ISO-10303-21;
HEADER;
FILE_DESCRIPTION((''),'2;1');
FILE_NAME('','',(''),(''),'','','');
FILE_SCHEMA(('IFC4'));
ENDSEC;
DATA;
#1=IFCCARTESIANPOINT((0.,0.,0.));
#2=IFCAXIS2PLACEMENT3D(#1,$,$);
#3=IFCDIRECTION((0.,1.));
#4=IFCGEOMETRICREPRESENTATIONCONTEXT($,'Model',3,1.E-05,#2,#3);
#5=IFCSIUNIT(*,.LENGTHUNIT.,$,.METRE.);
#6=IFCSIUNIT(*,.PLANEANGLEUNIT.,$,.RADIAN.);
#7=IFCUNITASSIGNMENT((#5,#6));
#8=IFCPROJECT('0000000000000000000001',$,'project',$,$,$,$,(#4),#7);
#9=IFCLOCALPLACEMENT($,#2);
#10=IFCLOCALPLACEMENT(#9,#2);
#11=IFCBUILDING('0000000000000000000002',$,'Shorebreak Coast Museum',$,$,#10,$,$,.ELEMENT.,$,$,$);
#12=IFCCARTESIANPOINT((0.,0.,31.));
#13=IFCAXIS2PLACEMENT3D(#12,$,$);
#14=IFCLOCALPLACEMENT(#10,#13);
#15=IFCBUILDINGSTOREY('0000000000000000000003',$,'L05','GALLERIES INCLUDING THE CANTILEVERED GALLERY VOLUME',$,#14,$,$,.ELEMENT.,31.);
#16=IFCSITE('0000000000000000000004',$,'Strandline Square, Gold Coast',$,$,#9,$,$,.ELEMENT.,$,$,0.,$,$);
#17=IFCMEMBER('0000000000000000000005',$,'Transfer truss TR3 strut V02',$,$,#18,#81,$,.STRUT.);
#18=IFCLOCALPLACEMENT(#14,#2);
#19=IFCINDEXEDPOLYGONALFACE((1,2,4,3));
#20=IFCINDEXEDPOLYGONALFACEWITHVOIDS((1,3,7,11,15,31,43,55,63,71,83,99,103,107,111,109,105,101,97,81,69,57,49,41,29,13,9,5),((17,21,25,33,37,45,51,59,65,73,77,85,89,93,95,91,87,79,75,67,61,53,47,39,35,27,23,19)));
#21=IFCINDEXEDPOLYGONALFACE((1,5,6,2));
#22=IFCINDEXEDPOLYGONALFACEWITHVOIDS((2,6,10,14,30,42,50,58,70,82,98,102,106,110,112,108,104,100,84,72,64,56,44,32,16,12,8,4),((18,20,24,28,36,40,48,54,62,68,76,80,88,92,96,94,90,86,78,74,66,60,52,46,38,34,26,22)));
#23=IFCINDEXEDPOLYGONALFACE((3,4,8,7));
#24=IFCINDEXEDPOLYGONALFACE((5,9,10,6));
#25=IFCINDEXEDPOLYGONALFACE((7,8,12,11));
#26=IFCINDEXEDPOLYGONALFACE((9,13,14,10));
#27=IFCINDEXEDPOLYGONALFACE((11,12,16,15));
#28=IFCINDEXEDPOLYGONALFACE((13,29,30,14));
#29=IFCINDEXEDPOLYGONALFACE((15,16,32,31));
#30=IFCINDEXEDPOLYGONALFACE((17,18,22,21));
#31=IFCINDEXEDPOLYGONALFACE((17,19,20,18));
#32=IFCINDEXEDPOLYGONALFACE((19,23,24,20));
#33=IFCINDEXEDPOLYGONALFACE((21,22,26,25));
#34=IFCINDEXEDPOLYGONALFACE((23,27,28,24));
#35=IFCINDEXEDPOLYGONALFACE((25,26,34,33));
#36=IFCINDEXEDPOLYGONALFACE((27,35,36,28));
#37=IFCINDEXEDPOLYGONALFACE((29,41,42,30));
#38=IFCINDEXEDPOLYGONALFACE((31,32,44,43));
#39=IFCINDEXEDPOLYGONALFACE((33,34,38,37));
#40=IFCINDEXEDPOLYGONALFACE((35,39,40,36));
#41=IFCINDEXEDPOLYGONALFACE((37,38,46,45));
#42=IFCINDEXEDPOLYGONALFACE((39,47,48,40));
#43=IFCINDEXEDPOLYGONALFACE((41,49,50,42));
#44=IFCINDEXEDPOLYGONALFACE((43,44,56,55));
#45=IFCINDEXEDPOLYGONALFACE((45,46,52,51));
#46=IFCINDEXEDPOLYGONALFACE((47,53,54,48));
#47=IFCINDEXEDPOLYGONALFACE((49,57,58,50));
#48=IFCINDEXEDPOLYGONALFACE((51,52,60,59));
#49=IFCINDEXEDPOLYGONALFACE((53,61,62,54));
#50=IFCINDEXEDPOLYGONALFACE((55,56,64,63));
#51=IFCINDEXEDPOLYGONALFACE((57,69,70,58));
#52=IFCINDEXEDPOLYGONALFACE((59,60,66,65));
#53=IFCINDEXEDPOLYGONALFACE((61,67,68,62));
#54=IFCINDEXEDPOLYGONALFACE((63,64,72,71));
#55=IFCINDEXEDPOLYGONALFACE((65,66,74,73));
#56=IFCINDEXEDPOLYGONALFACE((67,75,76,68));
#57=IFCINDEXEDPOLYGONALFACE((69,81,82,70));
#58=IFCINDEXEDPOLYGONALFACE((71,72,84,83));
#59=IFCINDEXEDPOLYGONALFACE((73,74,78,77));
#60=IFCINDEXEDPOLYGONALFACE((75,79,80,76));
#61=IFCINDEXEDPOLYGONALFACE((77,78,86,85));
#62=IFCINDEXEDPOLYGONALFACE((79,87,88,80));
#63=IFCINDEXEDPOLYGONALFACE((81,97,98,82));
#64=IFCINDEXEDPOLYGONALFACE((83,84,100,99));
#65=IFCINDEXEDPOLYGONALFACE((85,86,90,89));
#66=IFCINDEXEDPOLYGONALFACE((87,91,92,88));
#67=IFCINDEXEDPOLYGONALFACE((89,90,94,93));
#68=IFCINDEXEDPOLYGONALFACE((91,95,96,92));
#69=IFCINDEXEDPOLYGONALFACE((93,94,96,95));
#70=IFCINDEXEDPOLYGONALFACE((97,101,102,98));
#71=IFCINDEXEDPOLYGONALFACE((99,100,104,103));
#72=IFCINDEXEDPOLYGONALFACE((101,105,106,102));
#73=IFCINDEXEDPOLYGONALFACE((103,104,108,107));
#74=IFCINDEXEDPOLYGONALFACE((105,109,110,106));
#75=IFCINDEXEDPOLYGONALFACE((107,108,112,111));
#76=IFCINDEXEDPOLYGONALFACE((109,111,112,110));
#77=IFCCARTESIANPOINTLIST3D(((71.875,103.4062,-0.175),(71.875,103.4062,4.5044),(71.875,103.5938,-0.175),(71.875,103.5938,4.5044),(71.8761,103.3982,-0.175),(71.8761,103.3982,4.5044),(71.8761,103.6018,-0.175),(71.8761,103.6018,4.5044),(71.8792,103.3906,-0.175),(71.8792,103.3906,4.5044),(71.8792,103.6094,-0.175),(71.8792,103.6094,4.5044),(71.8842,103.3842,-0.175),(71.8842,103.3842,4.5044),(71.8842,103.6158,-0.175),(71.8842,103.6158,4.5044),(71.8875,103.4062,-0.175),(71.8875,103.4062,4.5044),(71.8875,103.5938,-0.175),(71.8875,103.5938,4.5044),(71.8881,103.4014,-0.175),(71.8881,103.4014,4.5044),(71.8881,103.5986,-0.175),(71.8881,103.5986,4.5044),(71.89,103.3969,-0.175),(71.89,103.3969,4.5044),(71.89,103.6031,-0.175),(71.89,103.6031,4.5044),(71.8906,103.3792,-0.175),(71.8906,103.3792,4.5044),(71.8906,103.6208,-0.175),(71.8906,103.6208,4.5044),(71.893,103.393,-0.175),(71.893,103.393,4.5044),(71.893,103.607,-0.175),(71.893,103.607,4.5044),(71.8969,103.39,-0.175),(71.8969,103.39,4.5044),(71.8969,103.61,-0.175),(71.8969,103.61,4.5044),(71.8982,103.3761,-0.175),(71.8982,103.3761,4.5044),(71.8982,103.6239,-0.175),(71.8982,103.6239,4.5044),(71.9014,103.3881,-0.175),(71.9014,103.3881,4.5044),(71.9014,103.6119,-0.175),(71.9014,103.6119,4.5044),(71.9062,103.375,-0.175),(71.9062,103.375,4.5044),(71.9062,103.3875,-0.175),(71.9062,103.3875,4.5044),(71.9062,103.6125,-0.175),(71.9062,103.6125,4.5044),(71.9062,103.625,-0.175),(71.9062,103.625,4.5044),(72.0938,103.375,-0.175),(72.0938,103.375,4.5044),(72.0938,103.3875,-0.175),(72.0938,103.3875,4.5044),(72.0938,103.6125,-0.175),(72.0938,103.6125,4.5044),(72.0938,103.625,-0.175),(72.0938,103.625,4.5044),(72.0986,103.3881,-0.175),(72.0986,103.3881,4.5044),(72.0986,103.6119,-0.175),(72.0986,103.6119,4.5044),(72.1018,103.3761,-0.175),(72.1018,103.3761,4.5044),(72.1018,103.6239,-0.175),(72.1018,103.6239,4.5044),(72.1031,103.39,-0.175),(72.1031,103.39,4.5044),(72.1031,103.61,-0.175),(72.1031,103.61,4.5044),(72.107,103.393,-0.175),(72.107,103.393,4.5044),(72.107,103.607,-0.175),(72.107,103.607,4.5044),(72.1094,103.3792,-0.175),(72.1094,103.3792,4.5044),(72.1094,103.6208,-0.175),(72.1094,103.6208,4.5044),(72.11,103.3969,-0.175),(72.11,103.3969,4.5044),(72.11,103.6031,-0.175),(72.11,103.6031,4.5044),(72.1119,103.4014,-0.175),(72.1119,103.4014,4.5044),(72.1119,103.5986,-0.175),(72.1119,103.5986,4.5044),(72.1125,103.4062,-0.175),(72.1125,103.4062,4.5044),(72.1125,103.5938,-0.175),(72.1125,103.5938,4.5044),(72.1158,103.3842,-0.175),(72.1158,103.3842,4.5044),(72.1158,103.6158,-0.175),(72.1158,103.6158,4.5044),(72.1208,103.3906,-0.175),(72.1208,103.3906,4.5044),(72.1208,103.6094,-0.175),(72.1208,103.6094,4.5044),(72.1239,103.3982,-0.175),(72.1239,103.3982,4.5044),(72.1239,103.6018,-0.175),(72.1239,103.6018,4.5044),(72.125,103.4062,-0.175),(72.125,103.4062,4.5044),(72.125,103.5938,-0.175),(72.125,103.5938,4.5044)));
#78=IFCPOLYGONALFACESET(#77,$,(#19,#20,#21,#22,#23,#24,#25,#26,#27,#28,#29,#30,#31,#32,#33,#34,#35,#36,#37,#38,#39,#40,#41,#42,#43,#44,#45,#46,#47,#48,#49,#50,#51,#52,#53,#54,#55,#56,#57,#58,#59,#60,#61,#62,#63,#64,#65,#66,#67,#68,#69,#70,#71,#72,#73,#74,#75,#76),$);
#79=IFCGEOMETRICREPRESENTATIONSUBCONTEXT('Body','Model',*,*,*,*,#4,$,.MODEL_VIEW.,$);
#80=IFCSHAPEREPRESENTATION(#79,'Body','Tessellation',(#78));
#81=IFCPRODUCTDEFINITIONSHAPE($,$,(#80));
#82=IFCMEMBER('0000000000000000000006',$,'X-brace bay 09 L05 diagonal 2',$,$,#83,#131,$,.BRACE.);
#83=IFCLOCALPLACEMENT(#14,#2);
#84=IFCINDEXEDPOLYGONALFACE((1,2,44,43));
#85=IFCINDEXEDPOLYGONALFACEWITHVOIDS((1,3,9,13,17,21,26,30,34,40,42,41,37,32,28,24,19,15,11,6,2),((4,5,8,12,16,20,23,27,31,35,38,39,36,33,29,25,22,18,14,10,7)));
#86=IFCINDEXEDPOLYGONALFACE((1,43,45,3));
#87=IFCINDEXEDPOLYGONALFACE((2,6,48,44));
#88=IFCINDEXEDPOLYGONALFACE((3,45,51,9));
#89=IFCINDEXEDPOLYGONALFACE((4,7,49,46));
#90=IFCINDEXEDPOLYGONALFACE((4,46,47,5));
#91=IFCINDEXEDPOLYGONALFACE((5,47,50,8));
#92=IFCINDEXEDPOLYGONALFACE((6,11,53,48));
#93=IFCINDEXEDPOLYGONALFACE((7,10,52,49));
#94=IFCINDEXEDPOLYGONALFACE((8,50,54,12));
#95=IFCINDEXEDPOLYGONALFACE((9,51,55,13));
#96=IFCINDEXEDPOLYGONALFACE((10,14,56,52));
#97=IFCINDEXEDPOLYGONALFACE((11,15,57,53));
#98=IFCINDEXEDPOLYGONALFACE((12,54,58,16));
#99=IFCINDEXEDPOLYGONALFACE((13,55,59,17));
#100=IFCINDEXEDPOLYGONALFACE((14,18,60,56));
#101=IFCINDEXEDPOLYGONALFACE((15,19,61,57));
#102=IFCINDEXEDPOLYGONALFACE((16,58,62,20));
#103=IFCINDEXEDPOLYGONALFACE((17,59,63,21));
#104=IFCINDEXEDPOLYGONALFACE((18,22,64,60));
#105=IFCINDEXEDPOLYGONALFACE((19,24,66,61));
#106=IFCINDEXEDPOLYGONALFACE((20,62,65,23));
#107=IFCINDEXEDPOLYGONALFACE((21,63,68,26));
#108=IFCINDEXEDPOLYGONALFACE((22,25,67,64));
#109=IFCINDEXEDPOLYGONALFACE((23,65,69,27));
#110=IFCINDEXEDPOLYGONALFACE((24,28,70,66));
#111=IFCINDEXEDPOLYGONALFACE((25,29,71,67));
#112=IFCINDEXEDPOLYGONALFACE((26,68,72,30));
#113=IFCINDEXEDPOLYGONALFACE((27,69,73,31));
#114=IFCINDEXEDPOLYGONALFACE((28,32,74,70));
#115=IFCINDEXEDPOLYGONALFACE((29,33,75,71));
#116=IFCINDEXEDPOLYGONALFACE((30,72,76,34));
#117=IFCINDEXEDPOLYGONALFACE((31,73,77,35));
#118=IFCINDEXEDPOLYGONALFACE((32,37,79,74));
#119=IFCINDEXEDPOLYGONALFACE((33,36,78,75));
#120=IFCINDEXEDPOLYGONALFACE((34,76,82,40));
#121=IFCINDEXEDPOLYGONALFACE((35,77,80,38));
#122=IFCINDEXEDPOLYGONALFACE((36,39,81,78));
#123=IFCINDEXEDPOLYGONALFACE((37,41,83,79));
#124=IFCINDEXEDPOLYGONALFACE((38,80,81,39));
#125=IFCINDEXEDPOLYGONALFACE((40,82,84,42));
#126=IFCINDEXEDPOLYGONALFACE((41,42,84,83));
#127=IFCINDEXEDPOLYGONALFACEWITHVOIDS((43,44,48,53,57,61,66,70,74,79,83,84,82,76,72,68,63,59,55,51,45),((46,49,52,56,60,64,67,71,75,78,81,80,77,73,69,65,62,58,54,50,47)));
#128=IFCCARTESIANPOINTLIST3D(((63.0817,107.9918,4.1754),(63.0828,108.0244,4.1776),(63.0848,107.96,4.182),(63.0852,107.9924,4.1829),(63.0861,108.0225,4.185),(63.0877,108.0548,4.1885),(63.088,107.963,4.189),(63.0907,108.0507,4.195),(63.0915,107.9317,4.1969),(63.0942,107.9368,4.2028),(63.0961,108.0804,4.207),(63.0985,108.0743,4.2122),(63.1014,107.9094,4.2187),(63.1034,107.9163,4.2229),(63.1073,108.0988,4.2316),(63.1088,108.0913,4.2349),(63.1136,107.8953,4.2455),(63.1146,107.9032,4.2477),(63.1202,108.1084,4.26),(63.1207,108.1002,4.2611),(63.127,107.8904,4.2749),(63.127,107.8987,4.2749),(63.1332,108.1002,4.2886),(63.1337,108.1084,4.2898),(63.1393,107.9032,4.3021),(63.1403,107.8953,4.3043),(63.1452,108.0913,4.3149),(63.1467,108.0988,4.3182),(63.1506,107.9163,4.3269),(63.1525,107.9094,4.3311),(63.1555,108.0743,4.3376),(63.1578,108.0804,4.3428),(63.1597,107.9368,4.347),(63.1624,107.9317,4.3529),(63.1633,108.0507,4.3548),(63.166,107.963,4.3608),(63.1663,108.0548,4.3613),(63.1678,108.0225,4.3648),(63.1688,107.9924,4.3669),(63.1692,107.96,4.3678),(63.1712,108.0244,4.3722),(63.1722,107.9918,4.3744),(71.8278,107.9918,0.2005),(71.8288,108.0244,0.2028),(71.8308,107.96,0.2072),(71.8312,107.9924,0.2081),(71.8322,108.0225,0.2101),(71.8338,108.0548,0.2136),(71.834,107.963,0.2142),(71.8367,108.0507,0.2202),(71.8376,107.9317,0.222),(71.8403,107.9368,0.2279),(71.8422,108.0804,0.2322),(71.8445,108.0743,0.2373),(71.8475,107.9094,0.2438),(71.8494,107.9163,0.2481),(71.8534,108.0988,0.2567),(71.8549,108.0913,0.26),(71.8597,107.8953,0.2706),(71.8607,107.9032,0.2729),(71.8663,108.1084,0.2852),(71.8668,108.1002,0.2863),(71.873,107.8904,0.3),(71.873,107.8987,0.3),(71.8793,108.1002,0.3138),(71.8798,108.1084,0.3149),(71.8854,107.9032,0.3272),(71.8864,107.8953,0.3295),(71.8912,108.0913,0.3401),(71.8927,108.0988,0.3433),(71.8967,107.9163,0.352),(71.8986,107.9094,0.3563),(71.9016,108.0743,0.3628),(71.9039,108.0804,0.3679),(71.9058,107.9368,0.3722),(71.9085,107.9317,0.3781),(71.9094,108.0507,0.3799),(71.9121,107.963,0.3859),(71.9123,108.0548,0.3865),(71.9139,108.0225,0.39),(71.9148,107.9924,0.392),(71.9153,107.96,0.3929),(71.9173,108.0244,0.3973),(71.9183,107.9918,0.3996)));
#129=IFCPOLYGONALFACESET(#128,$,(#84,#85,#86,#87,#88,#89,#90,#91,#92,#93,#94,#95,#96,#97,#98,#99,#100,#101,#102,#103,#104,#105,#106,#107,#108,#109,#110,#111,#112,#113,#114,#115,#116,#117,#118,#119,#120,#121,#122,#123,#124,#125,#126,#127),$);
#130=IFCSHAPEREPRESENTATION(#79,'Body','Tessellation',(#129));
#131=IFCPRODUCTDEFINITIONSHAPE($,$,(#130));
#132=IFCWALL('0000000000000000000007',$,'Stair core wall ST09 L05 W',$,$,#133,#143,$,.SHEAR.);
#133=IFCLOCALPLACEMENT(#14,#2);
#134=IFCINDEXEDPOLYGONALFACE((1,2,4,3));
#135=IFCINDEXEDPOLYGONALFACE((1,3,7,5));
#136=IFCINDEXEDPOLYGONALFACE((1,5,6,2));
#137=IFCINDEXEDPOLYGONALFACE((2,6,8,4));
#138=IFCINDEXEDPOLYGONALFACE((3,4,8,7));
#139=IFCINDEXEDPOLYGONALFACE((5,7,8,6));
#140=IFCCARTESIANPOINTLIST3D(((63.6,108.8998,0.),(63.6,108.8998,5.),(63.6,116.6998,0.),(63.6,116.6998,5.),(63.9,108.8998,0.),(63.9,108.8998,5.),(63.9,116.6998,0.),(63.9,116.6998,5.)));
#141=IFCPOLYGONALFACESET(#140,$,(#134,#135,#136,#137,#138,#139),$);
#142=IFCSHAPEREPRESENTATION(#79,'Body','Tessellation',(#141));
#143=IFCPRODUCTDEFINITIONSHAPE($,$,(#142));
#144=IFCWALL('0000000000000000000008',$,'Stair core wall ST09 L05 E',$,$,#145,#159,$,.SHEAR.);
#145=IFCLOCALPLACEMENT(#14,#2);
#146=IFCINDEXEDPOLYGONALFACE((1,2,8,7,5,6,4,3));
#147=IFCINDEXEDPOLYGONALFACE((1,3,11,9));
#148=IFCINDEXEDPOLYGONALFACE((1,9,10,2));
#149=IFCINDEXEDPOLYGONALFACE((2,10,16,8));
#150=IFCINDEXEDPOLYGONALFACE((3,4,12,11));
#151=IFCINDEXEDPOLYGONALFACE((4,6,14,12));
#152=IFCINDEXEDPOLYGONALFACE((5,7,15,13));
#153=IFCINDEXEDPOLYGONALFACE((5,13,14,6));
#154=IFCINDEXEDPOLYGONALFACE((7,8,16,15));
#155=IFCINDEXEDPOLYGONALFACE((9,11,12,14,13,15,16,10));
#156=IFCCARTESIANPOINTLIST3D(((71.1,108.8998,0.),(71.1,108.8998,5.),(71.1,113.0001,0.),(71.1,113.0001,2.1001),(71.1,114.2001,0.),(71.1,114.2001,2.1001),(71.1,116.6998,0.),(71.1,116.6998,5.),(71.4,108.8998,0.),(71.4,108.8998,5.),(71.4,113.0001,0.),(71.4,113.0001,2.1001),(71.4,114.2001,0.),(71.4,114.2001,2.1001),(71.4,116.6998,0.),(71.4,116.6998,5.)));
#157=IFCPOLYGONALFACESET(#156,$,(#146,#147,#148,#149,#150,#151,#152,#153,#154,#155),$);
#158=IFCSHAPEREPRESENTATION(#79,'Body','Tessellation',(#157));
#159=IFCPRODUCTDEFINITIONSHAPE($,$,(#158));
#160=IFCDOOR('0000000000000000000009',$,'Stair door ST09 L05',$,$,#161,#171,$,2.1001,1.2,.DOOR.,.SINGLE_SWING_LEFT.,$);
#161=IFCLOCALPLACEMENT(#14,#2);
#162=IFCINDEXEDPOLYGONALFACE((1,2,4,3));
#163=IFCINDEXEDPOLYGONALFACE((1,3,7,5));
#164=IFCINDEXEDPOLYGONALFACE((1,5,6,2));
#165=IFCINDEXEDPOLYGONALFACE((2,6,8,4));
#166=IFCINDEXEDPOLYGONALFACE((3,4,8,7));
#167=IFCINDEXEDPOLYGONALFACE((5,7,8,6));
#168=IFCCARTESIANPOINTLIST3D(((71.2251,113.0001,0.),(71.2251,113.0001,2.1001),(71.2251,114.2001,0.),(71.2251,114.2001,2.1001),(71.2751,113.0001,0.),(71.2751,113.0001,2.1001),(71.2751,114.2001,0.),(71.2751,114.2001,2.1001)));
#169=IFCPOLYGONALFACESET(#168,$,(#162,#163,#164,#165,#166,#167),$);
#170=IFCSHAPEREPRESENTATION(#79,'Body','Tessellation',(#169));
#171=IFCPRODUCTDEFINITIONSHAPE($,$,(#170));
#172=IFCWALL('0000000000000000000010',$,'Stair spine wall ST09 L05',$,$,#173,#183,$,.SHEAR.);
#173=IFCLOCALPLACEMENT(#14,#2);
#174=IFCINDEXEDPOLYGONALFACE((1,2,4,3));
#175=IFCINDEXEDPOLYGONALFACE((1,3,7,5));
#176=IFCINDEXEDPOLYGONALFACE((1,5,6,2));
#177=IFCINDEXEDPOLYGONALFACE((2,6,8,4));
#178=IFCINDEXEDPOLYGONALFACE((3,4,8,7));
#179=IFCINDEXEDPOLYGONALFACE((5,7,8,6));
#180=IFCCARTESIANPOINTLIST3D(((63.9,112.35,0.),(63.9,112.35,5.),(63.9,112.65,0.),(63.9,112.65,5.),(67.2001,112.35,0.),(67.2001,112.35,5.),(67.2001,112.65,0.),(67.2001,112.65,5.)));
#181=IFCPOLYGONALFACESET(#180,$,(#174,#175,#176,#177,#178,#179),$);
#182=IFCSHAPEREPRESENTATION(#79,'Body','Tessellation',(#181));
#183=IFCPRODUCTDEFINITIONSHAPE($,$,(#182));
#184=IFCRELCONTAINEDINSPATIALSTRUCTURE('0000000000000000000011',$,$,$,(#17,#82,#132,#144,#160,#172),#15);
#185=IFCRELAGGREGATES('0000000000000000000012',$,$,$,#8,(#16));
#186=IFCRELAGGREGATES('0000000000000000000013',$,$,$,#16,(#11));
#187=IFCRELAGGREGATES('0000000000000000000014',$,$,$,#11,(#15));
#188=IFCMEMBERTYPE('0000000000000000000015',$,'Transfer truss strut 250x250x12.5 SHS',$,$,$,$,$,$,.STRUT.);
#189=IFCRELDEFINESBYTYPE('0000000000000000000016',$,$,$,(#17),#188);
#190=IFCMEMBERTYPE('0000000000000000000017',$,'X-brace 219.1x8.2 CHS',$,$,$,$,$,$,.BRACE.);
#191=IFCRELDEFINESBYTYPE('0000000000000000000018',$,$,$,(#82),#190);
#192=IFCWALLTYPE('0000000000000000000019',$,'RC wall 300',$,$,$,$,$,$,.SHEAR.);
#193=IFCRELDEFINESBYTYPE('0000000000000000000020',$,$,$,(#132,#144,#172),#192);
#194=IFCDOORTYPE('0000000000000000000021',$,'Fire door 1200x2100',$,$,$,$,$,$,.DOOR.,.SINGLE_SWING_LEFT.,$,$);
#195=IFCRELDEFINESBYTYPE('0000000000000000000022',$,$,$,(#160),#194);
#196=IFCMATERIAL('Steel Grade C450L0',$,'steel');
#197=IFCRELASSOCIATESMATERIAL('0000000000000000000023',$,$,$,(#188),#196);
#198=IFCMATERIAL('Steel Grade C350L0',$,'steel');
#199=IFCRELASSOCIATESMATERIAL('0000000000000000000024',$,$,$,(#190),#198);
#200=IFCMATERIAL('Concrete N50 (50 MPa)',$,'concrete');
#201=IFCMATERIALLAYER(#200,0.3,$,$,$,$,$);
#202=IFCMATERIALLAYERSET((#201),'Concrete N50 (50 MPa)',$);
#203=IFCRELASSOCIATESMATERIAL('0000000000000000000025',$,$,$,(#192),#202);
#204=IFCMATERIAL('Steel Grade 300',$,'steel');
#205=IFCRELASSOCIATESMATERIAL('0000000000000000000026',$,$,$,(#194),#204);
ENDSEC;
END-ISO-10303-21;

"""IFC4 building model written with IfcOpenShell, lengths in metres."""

from ifc_helpers import new_model, si_unit, direction, frame, frame_2d, origin, origin_2d, place, context, subcontext, project, spatial, rectangle, hollow_rectangle, hollow_circle, extrude, material, layer, layer_set, material_profile, profile_set, type_object, element, fill, save


model = new_model("IFC4")

# Units and contexts
model_context = context("Model", 3, precision=1e-05, world=origin(), true_north=direction((0.0, 1.0)))
body_context = subcontext(model_context, "Body", "Model", "MODEL_VIEW")
ifc_project = project(units=[si_unit("LENGTHUNIT", "METRE"), si_unit("PLANEANGLEUNIT", "RADIAN")], contexts=[model_context])

# Site, building, storey
site_placement = place(None, origin())
site = spatial("IfcSite", under=ifc_project, at=site_placement, Name="Strandline Square, Gold Coast", CompositionType="ELEMENT", RefElevation=0.0)
building_placement = place(site_placement, origin())
building = spatial("IfcBuilding", under=site, at=building_placement, Name="Shorebreak Coast Museum", CompositionType="ELEMENT")
storey_placement = place(building_placement, frame((0.0, 0.0, 31.0)))
storey = spatial("IfcBuildingStorey", under=building, at=storey_placement, Name="L05", Description="GALLERIES INCLUDING THE CANTILEVERED GALLERY VOLUME", CompositionType="ELEMENT", Elevation=31.0)

# Members
ifc_material_1 = material(Name="Steel Grade C450L0", Category="steel")
ifc_material_profile_1 = material_profile(ifc_material_1, hollow_rectangle(XDim=0.25, YDim=0.25, WallThickness=0.0125, InnerFilletRadius=0.0188, OuterFilletRadius=0.0312, at=origin_2d()), Name="250x250x12.5 SHS")
ifc_profile_set_1 = profile_set([ifc_material_profile_1], Name="Steel Grade C450L0")
member_type_1 = type_object("IfcMemberType", Name="Transfer truss strut 250x250x12.5 SHS", PredefinedType="STRUT", material=ifc_profile_set_1)
member_1_placement = place(storey_placement, frame((72.0, 103.5, -0.175), z_axis=(0.0, 0.0, 1.0), x_axis=(1.0, 0.0, 0.0)))
element("IfcMember", 1, at=member_1_placement, inside=storey, type_object=member_type_1, Name="Transfer truss TR3 strut V02", PredefinedType="STRUT", context=body_context, shape_type="SweptSolid", body=[
    extrude(hollow_rectangle(XDim=0.25, YDim=0.25, WallThickness=0.0125, InnerFilletRadius=0.0188, OuterFilletRadius=0.0312, at=origin_2d()), origin(), (0.0, 0.0, 1.0), 4.6794),
])
ifc_material_2 = material(Name="Steel Grade C350L0", Category="steel")
ifc_material_profile_2 = material_profile(ifc_material_2, hollow_circle(Radius=0.1096, WallThickness=0.0083, at=origin_2d()), Name="219.1x8.2 CHS")
ifc_profile_set_2 = profile_set([ifc_material_profile_2], Name="Steel Grade C350L0")
member_type_2 = type_object("IfcMemberType", Name="X-brace 219.1x8.2 CHS", PredefinedType="BRACE", material=ifc_profile_set_2)
member_2_placement = place(storey_placement, frame((71.873, 108.0, 0.3), z_axis=(-0.910392, 0.0, 0.413747), x_axis=(0.0, -1.0, 0.0)))
element("IfcMember", 2, at=member_2_placement, inside=storey, type_object=member_type_2, Name="X-brace bay 09 L05 diagonal 2", PredefinedType="BRACE", context=body_context, shape_type="SweptSolid", body=[
    extrude(hollow_circle(Radius=0.1096, WallThickness=0.0083, at=origin_2d()), origin(), (0.0, 0.0, 1.0), 9.6069),
])

# Wall
ifc_material_3 = material(Name="Concrete N50 (50 MPa)", Category="concrete")
ifc_layer_1 = layer(ifc_material_3, 0.3)
ifc_layer_set_1 = layer_set([ifc_layer_1], Name="Concrete N50 (50 MPa)")
wall_type_1 = type_object("IfcWallType", Name="RC wall 300", PredefinedType="SHEAR", material=ifc_layer_set_1)
wall_1_placement = place(storey_placement, frame((63.75, 108.8999, 0.0), z_axis=(0.0, 0.0, 1.0), x_axis=(0.0, 1.0, 0.0)))
element("IfcWall", 3, at=wall_1_placement, inside=storey, type_object=wall_type_1, Name="Stair core wall ST09 L05 W", PredefinedType="SHEAR", context=body_context, shape_type="SweptSolid", body=[
    extrude(rectangle(XDim=7.8, YDim=0.3, at=frame_2d((3.8999, 0.0))), origin(), (0.0, 0.0, 1.0), 5.0),
])

# Wall, opening, door
wall_2_placement = place(storey_placement, frame((71.25, 108.8999, 0.0), z_axis=(0.0, 0.0, 1.0), x_axis=(0.0, 1.0, 0.0)))
wall_2 = element("IfcWall", 4, at=wall_2_placement, inside=storey, type_object=wall_type_1, Name="Stair core wall ST09 L05 E", PredefinedType="SHEAR", context=body_context, shape_type="SweptSolid", body=[
    extrude(rectangle(XDim=7.8, YDim=0.3, at=frame_2d((3.8999, 0.0))), origin(), (0.0, 0.0, 1.0), 5.0),
])
opening_placement = place(wall_2_placement, frame((4.1001, 0.0, 0.0)))
opening = element("IfcOpeningElement", 5, at=opening_placement, cuts=wall_2, PredefinedType="OPENING", context=body_context, shape_type="SweptSolid", body=[
    extrude(rectangle(XDim=1.2, YDim=2.1001, at=frame_2d((0.6001, 1.05))), frame((0.0, 0.1599, 0.0), z_axis=(0.0, -1.0, 0.0), x_axis=(1.0, 0.0, 0.0)), (0.0, 0.0, 1.0), 0.3201),
])
ifc_material_4 = material(Name="Steel Grade 300", Category="steel")
door_type = type_object("IfcDoorType", Name="Fire door 1200x2100", OperationType="SINGLE_SWING_LEFT", PredefinedType="DOOR", material=ifc_material_4)
door_placement = place(opening_placement, origin())
door = element("IfcDoor", 6, at=door_placement, inside=storey, type_object=door_type, Name="Stair door ST09 L05", OperationType="SINGLE_SWING_LEFT", OverallHeight=2.1001, OverallWidth=1.2, PredefinedType="DOOR", context=body_context, shape_type="SweptSolid", body=[
    extrude(rectangle(XDim=1.2, YDim=2.1001, at=frame_2d((0.6001, 1.05))), frame((0.0, 0.0249, 0.0), z_axis=(0.0, -1.0, 0.0), x_axis=(1.0, 0.0, 0.0)), (0.0, 0.0, 1.0), 0.05),
])
fill(opening, door)

# Wall
wall_3_placement = place(storey_placement, frame((67.2, 112.5, 0.0), z_axis=(0.0, 0.0, 1.0), x_axis=(-1.0, 0.0, 0.0)))
element("IfcWall", 7, at=wall_3_placement, inside=storey, type_object=wall_type_1, Name="Stair spine wall ST09 L05", PredefinedType="SHEAR", context=body_context, shape_type="SweptSolid", body=[
    extrude(rectangle(XDim=3.3, YDim=0.3, at=frame_2d((1.6499, 0.0))), origin(), (0.0, 0.0, 1.0), 5.0),
])

save(model, "model.ifc")
